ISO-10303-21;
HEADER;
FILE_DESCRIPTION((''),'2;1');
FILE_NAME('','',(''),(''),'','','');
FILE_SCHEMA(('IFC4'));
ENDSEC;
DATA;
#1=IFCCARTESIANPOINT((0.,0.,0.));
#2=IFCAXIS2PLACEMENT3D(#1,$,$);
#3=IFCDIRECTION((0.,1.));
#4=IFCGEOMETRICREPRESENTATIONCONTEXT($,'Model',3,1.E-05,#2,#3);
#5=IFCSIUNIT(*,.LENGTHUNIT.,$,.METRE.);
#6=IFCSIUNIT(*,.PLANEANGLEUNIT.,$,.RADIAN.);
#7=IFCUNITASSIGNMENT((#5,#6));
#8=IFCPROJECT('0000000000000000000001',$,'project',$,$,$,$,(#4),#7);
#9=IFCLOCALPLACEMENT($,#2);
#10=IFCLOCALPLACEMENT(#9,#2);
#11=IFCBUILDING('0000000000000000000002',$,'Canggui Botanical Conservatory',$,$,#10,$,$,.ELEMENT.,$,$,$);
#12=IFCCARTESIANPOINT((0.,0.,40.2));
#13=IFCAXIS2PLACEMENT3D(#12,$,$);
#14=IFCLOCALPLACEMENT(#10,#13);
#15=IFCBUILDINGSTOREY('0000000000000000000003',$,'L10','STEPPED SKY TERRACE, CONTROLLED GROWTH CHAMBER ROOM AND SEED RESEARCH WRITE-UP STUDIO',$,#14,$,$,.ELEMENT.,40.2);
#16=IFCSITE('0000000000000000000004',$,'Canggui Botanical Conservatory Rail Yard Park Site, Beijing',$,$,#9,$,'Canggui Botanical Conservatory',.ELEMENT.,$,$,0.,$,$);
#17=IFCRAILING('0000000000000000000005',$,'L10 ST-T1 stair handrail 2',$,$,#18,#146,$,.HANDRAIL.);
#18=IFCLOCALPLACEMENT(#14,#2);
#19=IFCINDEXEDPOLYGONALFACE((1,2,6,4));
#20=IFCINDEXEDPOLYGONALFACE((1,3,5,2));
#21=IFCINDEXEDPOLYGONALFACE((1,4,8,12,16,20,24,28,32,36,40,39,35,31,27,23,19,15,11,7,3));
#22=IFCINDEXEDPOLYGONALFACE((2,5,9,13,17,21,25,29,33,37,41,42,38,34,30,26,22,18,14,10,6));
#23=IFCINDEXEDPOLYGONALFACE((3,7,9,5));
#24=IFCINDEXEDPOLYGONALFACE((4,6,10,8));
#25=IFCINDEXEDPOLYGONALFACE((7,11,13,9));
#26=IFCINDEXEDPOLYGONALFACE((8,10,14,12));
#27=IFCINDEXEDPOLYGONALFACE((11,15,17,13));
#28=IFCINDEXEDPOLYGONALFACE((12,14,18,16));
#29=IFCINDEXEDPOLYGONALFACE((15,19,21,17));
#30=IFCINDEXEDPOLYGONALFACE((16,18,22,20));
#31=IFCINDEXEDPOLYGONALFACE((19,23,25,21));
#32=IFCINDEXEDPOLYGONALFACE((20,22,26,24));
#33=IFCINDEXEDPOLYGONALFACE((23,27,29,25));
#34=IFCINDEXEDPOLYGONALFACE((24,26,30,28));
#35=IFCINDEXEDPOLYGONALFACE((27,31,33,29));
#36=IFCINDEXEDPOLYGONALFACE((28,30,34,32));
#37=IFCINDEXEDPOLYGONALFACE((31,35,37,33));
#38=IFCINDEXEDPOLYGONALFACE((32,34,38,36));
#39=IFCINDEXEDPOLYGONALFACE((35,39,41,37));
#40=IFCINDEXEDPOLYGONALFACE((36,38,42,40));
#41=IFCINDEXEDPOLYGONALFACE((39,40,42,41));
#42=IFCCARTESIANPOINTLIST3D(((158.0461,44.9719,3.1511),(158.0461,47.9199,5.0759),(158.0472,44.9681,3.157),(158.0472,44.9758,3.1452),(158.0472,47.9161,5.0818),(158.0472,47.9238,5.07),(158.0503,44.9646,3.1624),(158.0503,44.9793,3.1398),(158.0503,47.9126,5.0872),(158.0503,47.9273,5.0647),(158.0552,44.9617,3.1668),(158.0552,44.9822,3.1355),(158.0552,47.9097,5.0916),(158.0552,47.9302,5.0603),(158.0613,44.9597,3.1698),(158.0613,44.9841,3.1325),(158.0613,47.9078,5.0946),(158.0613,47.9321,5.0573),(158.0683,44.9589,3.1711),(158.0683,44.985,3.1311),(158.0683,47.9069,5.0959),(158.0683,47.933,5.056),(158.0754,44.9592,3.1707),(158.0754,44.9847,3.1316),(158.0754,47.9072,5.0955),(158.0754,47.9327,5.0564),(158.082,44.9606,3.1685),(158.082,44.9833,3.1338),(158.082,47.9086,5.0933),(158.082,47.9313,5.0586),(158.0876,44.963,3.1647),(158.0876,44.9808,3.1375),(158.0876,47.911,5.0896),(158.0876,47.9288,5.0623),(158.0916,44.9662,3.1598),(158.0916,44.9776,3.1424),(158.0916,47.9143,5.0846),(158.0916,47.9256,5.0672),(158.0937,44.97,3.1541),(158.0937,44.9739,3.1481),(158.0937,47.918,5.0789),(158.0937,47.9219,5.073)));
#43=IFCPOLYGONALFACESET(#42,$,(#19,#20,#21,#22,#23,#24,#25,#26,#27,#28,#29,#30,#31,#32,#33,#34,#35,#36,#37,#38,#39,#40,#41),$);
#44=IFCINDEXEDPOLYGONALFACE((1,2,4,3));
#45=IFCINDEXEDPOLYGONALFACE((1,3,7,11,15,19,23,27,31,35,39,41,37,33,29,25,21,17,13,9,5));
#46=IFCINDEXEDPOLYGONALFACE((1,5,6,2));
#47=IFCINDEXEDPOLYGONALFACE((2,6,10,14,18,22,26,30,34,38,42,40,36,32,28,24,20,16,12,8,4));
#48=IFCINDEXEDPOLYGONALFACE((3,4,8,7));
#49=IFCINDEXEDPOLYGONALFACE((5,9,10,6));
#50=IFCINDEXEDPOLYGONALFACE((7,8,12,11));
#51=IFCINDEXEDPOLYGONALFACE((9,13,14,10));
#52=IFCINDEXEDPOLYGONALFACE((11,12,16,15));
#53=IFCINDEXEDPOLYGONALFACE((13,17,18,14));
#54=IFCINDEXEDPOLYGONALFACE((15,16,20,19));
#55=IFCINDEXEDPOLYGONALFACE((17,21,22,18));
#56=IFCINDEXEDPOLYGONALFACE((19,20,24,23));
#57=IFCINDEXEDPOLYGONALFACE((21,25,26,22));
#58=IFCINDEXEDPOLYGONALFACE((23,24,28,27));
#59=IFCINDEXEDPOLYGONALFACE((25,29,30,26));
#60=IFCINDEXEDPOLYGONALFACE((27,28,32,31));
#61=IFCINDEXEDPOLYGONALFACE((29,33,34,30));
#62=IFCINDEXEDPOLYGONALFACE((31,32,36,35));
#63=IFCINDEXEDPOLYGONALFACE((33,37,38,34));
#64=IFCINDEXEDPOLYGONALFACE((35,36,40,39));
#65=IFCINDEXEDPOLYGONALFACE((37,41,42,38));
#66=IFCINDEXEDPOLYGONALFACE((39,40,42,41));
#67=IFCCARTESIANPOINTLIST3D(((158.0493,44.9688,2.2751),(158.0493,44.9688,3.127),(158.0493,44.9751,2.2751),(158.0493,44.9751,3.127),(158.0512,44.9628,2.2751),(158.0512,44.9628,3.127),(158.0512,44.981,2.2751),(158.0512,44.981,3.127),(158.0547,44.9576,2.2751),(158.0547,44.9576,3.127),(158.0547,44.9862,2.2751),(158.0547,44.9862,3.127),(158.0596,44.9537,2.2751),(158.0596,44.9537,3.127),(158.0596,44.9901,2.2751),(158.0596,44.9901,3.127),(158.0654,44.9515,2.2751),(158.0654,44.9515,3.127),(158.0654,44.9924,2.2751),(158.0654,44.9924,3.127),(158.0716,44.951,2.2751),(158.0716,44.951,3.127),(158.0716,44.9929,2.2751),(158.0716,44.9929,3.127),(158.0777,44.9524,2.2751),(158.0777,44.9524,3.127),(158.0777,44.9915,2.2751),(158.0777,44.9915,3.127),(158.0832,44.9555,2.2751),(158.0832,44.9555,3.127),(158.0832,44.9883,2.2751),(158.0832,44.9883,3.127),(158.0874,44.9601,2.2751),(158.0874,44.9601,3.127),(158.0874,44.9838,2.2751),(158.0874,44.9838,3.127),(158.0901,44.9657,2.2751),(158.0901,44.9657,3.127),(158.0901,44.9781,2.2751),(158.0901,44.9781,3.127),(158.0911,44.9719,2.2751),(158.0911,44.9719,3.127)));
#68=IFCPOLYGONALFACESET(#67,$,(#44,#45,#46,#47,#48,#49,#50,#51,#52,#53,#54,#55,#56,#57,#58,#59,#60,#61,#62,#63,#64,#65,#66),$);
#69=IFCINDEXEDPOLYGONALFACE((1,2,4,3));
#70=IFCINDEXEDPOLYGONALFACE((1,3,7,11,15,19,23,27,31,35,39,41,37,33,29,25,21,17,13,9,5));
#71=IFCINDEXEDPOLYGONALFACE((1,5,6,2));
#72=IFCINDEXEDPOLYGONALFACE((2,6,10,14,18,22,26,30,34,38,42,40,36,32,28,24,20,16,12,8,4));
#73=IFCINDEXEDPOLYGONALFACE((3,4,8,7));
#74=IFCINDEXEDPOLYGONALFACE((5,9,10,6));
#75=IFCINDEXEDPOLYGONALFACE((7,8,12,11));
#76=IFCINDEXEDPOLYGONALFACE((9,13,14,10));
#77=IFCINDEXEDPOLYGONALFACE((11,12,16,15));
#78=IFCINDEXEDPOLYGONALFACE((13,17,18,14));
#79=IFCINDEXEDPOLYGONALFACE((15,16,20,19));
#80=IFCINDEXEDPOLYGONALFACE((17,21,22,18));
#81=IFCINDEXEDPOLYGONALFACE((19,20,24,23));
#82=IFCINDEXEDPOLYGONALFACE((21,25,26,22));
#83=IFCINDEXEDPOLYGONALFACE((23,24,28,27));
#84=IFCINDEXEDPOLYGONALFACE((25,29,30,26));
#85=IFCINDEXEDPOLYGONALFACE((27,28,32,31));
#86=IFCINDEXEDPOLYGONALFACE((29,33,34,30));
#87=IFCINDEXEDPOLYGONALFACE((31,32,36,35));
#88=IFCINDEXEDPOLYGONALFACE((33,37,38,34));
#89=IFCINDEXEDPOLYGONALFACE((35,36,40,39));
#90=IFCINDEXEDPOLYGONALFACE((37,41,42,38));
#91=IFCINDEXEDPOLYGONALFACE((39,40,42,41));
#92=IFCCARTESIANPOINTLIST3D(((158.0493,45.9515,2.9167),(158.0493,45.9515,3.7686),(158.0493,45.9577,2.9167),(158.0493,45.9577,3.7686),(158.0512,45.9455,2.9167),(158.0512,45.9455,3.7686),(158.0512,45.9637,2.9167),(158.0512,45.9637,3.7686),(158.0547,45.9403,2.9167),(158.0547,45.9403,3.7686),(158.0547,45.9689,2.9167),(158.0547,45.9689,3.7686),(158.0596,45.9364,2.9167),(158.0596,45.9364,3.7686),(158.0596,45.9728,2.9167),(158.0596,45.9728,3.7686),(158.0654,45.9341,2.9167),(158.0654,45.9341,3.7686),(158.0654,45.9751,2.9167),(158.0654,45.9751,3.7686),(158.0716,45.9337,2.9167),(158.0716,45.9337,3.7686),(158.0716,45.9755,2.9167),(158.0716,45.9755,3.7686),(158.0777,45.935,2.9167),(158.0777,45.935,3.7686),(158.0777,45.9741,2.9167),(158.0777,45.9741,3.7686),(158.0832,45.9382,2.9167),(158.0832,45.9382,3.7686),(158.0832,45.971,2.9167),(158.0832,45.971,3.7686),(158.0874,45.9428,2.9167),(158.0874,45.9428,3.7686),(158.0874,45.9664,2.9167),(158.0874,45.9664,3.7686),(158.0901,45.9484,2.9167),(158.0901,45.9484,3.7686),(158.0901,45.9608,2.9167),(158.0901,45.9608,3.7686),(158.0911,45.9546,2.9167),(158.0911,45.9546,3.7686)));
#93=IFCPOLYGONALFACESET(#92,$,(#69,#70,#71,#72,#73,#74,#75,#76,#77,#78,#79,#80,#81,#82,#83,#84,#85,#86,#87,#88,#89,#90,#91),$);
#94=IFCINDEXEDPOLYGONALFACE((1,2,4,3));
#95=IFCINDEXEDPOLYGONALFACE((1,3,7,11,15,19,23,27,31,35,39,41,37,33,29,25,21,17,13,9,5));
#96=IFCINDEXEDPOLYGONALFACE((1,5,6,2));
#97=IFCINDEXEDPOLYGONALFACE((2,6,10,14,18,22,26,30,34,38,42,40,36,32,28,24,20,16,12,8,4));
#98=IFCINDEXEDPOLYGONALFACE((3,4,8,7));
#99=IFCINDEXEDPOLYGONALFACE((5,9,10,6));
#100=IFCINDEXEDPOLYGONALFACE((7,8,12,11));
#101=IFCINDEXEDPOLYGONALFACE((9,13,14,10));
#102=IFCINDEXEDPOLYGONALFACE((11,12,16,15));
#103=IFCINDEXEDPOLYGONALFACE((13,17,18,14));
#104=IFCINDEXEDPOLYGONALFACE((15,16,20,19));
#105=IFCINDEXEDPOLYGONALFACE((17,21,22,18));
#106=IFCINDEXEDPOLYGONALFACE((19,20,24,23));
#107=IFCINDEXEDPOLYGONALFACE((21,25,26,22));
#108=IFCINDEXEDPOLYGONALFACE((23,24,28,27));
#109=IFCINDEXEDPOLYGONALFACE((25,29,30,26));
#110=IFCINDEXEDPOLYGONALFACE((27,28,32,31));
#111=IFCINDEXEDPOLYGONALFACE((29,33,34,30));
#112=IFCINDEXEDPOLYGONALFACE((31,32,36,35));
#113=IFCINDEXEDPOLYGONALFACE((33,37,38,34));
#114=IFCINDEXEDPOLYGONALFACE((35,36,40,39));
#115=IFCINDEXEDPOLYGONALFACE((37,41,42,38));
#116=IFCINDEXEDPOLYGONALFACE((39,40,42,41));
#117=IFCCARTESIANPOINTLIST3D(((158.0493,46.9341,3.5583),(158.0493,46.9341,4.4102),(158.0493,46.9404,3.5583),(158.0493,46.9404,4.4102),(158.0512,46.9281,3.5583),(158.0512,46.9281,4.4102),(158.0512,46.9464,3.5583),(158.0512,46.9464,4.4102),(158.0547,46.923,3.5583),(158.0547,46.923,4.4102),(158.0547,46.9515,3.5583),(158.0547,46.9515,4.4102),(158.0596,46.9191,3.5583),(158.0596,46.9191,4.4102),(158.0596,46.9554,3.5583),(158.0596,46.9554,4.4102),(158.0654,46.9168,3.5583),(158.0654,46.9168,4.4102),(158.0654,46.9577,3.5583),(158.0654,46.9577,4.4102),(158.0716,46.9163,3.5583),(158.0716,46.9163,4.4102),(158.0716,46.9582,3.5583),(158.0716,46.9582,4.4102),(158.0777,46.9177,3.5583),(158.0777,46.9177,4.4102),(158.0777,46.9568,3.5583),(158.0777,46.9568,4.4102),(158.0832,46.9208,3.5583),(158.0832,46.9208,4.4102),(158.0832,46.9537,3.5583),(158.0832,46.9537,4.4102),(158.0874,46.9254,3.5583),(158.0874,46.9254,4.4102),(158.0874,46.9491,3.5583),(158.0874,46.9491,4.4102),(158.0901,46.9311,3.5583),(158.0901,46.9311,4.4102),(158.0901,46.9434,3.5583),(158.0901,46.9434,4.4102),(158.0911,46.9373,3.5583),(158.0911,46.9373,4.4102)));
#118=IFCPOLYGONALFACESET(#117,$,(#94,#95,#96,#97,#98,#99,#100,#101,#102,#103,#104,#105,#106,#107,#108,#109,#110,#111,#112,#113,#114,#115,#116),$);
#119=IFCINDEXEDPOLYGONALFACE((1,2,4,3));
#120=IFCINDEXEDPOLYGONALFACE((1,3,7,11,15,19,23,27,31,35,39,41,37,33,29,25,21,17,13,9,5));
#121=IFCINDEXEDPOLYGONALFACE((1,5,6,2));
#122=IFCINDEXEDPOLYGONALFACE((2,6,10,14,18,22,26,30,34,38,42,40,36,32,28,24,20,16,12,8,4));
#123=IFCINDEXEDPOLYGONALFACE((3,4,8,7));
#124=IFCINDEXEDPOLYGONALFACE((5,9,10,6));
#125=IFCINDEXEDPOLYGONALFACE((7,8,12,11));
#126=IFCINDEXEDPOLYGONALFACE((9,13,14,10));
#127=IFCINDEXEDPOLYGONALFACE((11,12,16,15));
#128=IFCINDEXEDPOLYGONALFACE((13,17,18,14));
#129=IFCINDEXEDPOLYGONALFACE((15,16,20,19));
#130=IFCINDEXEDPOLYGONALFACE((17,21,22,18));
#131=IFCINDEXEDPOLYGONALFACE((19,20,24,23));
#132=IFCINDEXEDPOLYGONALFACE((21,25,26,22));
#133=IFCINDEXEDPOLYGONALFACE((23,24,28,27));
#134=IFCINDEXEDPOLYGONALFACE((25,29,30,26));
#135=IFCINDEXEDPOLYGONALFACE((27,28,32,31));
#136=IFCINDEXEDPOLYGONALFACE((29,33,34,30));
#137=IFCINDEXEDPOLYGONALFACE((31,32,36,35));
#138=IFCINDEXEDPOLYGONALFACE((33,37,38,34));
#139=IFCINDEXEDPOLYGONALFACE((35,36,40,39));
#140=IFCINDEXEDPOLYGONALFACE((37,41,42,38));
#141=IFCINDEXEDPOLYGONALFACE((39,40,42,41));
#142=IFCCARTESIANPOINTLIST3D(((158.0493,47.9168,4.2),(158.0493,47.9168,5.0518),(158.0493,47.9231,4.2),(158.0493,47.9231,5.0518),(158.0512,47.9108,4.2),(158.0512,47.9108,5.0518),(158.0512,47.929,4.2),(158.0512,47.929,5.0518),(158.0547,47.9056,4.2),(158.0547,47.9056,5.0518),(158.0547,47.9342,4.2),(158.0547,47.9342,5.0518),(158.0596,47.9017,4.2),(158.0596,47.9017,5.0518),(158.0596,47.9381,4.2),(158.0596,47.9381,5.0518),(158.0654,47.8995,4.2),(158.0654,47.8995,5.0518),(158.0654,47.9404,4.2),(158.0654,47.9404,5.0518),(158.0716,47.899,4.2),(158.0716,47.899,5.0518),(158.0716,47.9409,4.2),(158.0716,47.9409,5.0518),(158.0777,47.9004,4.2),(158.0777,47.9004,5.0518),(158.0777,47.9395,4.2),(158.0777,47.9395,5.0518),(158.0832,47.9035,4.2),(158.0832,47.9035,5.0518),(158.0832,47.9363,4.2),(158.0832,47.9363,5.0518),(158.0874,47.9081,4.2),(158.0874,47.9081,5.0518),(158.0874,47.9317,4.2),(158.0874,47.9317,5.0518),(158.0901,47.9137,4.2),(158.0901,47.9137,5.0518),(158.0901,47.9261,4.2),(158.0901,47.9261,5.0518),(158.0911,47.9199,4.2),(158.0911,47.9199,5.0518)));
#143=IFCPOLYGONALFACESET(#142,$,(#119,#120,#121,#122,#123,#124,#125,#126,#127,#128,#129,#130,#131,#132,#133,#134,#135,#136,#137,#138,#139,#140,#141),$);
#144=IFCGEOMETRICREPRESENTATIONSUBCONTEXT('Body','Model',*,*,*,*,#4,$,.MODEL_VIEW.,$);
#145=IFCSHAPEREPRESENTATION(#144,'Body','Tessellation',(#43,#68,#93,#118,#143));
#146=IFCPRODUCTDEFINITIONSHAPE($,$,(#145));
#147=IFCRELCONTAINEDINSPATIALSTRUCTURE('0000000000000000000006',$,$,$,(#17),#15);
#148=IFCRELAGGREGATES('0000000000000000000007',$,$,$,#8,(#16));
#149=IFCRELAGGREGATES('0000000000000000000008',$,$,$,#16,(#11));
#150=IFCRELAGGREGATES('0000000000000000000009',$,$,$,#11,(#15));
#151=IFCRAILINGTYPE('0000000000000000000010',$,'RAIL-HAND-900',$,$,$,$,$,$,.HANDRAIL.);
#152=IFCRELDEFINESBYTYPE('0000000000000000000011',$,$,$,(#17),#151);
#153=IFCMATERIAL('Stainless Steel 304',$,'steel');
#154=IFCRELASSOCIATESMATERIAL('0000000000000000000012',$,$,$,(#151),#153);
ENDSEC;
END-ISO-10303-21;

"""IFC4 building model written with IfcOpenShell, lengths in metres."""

from ifc_helpers import new_model, si_unit, direction, frame, origin, origin_2d, place, context, subcontext, project, spatial, circle, extrude, material, type_object, element, save


model = new_model("IFC4")

# Units and contexts
model_context = context("Model", 3, precision=1e-05, world=origin(), true_north=direction((0.0, 1.0)))
body_context = subcontext(model_context, "Body", "Model", "MODEL_VIEW")
ifc_project = project(units=[si_unit("LENGTHUNIT", "METRE"), si_unit("PLANEANGLEUNIT", "RADIAN")], contexts=[model_context])

# Site, building, storey
site_placement = place(None, origin())
site = spatial("IfcSite", under=ifc_project, at=site_placement, Name="Canggui Botanical Conservatory Rail Yard Park Site, Beijing", LongName="Canggui Botanical Conservatory", CompositionType="ELEMENT", RefElevation=0.0)
building_placement = place(site_placement, origin())
building = spatial("IfcBuilding", under=site, at=building_placement, Name="Canggui Botanical Conservatory", CompositionType="ELEMENT")
storey_placement = place(building_placement, frame((0.0, 0.0, 40.2)))
storey = spatial("IfcBuildingStorey", under=building, at=storey_placement, Name="L10", Description="STEPPED SKY TERRACE, CONTROLLED GROWTH CHAMBER ROOM AND SEED RESEARCH WRITE-UP STUDIO", CompositionType="ELEMENT", Elevation=40.2)

# Railing
ifc_material_1 = material(Name="Stainless Steel 304", Category="steel")
railing_type_1 = type_object("IfcRailingType", Name="RAIL-HAND-900", PredefinedType="HANDRAIL", material=ifc_material_1)
railing_1_placement = place(storey_placement, frame((158.0701, 44.9719, 2.2751)))
element("IfcRailing", 1, at=railing_1_placement, inside=storey, type_object=railing_type_1, Name="L10 ST-T1 stair handrail 2", PredefinedType="HANDRAIL", context=body_context, shape_type="SweptSolid", body=[
    extrude(circle(Radius=0.0239, at=origin_2d()), frame((0.0, 0.0, 0.876), z_axis=(0.0, 0.837325, 0.546706), x_axis=(-1.0, 0.0, 0.0)), (0.0, 0.0, 1.0), 3.5208),
    extrude(circle(Radius=0.021, at=origin_2d()), origin(), (0.0, 0.0, 1.0), 0.8518),
    extrude(circle(Radius=0.021, at=origin_2d()), frame((0.0, 0.9827, 0.6416)), (0.0, 0.0, 1.0), 0.8518),
    extrude(circle(Radius=0.021, at=origin_2d()), frame((0.0, 1.9653, 1.2832)), (0.0, 0.0, 1.0), 0.8518),
    extrude(circle(Radius=0.021, at=origin_2d()), frame((0.0, 2.948, 1.9248)), (0.0, 0.0, 1.0), 0.8518),
])

save(model, "model.ifc")
